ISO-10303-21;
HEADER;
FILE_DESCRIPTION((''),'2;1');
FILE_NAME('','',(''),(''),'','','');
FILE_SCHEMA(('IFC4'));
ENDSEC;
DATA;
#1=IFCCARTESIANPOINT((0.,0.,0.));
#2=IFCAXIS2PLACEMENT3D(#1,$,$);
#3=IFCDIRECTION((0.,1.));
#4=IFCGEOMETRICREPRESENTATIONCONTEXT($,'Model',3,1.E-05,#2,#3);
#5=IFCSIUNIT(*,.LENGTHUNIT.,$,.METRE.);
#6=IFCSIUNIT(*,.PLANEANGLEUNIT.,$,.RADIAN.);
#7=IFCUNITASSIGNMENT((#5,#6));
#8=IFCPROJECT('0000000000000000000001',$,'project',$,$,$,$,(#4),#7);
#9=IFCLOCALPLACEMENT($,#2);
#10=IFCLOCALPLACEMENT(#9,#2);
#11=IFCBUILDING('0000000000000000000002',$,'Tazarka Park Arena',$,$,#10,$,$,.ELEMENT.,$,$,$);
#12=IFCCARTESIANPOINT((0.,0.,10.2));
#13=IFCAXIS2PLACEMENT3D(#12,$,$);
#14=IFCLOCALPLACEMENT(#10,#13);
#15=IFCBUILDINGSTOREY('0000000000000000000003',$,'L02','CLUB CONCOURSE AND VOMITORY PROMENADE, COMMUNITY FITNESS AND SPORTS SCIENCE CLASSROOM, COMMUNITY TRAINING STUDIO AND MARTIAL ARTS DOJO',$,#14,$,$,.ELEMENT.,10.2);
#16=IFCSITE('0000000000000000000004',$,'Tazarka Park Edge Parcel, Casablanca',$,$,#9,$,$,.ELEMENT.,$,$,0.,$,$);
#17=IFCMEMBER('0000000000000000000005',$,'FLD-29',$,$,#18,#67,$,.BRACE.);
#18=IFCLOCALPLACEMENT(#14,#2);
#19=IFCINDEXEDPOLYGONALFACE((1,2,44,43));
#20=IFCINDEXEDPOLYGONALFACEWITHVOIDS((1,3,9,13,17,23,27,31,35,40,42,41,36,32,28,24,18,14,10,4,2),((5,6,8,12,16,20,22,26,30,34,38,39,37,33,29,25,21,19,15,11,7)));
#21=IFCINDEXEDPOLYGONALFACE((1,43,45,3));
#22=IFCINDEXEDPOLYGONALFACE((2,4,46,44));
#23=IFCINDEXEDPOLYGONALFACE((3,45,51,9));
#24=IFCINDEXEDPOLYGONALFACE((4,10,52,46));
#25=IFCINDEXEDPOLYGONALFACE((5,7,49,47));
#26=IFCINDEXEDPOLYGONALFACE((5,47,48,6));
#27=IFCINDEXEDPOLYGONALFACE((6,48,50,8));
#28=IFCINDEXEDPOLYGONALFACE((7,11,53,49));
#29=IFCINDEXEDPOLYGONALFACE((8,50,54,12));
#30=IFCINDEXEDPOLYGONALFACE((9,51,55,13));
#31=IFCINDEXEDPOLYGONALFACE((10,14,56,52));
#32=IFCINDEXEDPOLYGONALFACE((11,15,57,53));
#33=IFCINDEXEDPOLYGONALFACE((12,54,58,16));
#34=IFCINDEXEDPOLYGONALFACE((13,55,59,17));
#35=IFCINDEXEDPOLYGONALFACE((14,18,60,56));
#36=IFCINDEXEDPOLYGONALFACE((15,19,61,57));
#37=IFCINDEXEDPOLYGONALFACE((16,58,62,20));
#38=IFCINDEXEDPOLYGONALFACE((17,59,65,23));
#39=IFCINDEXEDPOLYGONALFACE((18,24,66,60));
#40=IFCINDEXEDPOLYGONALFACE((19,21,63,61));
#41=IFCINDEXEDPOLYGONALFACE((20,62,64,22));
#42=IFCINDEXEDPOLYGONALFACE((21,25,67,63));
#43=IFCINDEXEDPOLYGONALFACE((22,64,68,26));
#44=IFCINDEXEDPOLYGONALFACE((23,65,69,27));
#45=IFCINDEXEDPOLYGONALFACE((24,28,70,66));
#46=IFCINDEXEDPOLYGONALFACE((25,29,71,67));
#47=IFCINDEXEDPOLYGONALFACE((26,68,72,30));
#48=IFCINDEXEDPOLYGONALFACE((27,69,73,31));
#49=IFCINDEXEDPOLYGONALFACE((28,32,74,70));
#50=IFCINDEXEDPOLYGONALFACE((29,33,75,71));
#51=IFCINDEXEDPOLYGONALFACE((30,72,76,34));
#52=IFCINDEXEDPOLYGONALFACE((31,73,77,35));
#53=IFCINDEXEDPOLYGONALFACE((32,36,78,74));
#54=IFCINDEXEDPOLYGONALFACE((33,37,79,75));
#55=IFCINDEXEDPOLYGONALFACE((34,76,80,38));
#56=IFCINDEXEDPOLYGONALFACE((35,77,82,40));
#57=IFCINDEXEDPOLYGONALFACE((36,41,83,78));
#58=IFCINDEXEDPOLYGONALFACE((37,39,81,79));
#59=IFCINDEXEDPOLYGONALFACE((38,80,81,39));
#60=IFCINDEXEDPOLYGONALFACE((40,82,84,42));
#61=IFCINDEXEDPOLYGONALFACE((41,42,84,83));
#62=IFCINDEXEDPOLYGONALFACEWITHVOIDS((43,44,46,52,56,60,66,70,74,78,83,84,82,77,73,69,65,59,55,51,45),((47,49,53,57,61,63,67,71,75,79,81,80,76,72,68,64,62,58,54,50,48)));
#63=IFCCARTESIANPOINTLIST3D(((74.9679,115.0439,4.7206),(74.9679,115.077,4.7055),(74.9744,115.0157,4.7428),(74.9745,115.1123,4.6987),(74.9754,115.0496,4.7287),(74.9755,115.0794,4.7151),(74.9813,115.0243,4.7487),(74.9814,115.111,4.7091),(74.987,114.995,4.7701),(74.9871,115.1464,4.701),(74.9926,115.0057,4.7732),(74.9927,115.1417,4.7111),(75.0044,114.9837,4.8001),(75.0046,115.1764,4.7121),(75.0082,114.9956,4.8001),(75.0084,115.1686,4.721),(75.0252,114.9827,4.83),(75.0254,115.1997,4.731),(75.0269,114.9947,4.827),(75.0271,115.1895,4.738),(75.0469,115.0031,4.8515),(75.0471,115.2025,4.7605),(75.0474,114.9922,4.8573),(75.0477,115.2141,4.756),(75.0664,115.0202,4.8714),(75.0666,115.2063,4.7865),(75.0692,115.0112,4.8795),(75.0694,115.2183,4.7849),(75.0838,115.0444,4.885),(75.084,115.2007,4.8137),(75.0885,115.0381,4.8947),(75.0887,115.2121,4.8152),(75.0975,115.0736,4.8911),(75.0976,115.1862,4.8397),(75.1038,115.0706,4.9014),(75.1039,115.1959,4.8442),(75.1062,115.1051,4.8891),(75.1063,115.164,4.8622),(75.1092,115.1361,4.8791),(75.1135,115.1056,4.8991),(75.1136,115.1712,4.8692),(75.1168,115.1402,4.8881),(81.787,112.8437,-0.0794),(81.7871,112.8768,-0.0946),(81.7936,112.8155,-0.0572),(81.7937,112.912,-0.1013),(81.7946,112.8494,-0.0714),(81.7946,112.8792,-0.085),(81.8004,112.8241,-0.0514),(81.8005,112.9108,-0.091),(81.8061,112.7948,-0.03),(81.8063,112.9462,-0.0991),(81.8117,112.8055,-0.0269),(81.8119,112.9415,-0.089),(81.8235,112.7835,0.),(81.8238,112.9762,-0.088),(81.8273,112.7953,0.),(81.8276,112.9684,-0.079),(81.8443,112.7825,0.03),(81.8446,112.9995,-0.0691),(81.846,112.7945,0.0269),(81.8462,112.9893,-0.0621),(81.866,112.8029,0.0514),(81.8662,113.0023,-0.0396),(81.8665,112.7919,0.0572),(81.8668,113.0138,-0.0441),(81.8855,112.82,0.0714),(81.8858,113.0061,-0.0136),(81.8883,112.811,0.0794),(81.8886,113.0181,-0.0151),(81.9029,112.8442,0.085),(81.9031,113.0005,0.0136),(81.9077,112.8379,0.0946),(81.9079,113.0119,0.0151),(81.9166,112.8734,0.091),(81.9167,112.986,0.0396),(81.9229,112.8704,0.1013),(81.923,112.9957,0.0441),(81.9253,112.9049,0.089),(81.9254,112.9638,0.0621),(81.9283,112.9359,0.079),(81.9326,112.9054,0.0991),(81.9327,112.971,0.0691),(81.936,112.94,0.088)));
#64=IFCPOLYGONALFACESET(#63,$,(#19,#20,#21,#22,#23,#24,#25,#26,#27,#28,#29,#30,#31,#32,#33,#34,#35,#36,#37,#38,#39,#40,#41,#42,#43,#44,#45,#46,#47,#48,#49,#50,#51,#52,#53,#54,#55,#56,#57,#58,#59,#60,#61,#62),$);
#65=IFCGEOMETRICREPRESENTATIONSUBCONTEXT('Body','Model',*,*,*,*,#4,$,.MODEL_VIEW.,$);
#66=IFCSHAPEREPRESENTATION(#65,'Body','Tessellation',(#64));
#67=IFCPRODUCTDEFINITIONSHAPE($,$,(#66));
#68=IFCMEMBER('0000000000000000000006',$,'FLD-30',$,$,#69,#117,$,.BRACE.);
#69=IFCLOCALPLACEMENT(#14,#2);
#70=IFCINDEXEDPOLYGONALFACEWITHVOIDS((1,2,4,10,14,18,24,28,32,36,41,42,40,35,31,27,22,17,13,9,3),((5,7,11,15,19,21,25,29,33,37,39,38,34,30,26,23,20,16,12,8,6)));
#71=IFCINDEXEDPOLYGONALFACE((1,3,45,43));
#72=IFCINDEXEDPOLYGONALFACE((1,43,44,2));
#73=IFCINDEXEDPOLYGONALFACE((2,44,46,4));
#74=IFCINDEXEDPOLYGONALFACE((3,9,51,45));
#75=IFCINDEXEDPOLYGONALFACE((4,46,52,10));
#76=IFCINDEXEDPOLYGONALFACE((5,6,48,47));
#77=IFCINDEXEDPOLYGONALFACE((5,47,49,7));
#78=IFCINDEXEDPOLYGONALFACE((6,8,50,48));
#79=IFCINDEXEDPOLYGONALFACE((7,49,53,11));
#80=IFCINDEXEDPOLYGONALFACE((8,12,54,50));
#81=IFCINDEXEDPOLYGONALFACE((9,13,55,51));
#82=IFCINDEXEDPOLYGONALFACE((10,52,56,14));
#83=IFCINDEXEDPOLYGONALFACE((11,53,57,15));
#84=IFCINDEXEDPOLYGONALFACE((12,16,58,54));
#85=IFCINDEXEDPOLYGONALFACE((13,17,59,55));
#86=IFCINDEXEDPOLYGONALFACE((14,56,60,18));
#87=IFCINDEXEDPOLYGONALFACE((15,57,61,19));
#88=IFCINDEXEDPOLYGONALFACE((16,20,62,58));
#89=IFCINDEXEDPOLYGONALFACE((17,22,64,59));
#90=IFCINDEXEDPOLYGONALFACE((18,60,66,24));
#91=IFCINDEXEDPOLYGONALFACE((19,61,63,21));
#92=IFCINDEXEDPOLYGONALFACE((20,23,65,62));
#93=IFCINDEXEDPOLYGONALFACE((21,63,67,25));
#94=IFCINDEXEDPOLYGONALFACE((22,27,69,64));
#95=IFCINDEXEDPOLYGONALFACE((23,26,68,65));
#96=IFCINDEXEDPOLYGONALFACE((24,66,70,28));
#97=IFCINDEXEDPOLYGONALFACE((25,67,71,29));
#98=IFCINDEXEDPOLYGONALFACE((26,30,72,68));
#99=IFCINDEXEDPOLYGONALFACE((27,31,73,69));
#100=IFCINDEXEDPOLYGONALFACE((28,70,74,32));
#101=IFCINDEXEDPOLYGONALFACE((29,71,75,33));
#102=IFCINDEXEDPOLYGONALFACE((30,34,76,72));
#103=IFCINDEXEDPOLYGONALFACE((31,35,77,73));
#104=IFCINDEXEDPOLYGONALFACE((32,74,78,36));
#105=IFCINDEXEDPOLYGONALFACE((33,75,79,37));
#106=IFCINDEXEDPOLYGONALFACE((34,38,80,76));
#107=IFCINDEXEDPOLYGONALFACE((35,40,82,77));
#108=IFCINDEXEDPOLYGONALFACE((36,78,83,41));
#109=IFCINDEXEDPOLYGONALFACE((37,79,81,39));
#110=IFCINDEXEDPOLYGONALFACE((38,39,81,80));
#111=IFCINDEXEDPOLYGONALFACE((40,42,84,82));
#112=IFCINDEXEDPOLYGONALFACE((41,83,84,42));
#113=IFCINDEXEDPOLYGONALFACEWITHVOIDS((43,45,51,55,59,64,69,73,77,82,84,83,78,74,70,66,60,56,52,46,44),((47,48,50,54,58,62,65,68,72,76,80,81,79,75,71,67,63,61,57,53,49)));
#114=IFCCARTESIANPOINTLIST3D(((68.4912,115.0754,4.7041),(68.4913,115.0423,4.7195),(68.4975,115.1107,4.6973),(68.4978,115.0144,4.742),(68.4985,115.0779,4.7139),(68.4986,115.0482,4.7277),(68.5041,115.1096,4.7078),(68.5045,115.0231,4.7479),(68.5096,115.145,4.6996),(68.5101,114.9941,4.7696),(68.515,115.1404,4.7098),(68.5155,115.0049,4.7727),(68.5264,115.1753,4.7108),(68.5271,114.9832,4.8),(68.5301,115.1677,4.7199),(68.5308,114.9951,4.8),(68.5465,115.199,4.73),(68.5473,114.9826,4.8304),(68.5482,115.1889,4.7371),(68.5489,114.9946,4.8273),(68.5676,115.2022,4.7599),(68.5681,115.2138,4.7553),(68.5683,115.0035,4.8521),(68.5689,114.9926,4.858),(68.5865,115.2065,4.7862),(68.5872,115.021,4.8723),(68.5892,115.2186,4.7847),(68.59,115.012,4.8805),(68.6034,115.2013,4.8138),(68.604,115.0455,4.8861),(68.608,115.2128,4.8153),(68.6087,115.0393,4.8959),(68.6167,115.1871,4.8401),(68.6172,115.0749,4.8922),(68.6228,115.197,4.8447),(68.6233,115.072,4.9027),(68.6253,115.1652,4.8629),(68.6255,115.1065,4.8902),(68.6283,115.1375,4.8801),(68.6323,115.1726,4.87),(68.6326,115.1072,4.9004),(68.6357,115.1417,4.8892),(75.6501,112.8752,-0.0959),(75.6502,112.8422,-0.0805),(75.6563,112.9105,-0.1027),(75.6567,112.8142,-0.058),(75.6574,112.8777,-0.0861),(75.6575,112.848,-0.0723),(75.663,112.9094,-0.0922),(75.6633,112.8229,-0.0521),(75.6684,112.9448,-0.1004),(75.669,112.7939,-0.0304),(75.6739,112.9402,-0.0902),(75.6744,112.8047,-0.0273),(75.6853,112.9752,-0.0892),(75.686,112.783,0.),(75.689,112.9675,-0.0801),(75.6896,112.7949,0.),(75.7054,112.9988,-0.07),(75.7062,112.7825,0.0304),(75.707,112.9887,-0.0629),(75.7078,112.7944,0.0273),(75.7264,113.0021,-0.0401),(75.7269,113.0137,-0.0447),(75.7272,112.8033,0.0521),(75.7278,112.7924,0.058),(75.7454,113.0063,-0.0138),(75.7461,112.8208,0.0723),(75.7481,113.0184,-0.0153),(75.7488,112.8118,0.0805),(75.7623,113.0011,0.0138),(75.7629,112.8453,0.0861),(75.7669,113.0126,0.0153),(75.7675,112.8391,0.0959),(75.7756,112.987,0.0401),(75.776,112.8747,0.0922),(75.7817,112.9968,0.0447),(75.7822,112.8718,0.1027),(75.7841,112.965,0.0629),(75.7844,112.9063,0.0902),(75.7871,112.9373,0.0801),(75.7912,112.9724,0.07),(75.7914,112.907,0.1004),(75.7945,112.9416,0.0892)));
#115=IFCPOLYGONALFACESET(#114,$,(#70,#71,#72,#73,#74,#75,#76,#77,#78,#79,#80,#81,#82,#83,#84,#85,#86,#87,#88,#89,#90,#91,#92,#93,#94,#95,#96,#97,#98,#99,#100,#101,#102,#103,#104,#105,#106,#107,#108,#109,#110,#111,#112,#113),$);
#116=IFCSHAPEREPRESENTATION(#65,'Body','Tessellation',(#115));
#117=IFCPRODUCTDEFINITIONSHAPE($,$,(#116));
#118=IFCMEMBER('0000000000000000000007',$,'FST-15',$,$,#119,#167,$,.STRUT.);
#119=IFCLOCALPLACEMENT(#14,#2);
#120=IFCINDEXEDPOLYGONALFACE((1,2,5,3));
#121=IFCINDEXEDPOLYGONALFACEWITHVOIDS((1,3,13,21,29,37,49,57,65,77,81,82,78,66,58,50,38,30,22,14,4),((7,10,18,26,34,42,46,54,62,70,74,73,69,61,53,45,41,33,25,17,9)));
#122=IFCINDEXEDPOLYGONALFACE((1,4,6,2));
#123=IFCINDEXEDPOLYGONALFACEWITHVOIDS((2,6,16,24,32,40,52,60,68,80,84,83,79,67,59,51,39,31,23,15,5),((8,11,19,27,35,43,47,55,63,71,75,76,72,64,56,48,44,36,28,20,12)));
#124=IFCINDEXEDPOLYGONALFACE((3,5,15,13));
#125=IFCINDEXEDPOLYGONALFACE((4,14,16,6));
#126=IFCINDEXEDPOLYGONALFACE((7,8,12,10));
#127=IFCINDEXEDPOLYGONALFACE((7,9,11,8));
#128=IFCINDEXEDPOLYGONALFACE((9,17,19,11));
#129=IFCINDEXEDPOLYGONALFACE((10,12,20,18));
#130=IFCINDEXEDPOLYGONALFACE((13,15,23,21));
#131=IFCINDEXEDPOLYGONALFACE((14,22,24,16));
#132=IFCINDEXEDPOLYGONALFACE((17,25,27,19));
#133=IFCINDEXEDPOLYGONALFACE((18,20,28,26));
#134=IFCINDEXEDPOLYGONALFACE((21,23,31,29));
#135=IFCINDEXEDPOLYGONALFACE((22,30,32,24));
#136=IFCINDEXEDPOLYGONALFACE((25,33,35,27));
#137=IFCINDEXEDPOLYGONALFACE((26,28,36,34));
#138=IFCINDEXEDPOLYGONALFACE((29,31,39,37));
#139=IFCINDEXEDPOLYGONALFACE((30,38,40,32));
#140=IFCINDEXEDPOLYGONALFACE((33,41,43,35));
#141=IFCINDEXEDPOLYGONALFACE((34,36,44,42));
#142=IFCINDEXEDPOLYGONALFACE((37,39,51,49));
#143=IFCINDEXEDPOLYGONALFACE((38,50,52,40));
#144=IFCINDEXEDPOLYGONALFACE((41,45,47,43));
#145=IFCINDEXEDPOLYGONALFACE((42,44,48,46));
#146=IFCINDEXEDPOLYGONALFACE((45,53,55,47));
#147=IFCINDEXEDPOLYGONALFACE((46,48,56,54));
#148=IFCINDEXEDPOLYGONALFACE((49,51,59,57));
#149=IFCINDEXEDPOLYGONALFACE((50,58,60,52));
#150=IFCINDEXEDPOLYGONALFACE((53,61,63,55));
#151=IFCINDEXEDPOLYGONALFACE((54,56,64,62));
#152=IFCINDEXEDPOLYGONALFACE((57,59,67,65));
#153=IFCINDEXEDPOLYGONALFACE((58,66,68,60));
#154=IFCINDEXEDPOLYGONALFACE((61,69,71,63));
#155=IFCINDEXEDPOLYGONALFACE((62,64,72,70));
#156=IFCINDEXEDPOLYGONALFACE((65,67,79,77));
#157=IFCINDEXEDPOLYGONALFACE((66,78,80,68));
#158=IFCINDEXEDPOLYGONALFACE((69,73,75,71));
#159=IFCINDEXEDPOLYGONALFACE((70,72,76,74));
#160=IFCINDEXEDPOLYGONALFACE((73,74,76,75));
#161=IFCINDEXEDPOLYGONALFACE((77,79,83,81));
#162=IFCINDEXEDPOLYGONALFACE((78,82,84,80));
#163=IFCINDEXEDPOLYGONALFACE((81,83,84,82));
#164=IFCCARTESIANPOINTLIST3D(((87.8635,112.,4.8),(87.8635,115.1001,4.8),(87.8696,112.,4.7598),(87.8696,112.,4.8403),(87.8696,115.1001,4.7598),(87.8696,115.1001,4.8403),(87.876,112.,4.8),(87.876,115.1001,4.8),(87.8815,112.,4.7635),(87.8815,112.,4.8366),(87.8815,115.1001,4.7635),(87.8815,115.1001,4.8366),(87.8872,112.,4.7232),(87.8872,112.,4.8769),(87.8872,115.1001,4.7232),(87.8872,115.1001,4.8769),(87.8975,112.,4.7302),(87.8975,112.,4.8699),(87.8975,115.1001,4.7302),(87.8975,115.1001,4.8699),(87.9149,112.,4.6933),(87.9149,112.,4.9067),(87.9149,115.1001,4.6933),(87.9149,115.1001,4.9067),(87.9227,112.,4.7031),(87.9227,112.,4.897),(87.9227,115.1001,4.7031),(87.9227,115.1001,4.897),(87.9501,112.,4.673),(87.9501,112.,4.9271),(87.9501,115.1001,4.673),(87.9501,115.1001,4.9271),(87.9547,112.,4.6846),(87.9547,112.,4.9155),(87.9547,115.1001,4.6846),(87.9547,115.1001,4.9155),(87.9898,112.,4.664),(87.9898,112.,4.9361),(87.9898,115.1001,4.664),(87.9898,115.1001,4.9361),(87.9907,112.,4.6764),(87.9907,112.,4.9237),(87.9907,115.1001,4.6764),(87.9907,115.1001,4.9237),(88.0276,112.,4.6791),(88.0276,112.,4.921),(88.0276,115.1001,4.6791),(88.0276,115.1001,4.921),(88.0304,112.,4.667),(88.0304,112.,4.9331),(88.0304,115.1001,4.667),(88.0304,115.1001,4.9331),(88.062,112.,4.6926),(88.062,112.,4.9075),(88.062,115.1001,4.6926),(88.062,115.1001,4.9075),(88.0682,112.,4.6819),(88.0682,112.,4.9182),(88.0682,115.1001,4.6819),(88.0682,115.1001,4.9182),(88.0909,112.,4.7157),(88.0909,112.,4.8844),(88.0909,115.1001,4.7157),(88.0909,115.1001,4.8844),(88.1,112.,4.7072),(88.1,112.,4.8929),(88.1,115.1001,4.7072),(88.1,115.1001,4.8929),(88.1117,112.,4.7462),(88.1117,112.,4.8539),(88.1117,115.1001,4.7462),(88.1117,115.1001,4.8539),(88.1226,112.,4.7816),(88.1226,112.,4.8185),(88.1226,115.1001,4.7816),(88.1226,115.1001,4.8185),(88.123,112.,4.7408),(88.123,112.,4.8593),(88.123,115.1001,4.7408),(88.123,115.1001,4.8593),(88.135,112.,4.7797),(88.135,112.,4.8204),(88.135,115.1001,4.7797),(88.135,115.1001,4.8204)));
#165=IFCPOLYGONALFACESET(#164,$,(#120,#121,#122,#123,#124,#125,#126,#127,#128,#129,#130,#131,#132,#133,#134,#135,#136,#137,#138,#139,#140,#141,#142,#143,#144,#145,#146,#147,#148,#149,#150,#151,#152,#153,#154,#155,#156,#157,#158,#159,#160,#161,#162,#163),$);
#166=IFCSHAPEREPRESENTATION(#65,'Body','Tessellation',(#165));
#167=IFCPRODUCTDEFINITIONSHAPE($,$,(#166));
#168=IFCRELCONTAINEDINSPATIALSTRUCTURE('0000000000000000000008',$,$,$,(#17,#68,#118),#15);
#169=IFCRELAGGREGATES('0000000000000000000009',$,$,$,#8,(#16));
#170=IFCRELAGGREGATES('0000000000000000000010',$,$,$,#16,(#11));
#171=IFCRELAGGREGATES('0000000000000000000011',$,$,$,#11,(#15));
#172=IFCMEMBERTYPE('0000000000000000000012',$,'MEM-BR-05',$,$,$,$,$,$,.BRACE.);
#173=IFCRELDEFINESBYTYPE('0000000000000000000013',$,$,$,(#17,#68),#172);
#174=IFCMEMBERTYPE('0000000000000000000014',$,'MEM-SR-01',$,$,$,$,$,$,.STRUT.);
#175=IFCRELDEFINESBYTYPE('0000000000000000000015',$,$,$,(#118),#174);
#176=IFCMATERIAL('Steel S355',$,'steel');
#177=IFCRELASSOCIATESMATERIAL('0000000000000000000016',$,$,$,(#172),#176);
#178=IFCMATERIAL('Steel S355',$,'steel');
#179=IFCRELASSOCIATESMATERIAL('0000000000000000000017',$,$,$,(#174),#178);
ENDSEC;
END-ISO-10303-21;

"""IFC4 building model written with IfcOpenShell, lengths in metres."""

from ifc_helpers import new_model, si_unit, direction, frame, origin, origin_2d, place, context, subcontext, project, spatial, hollow_circle, extrude, material, material_profile, profile_set, type_object, element, save


model = new_model("IFC4")

# Units and contexts
model_context = context("Model", 3, precision=1e-05, world=origin(), true_north=direction((0.0, 1.0)))
body_context = subcontext(model_context, "Body", "Model", "MODEL_VIEW")
ifc_project = project(units=[si_unit("LENGTHUNIT", "METRE"), si_unit("PLANEANGLEUNIT", "RADIAN")], contexts=[model_context])

# Site, building, storey
site_placement = place(None, origin())
site = spatial("IfcSite", under=ifc_project, at=site_placement, Name="Tazarka Park Edge Parcel, Casablanca", CompositionType="ELEMENT", RefElevation=0.0)
building_placement = place(site_placement, origin())
building = spatial("IfcBuilding", under=site, at=building_placement, Name="Tazarka Park Arena", CompositionType="ELEMENT")
storey_placement = place(building_placement, frame((0.0, 0.0, 10.2)))
storey = spatial("IfcBuildingStorey", under=building, at=storey_placement, Name="L02", Description="CLUB CONCOURSE AND VOMITORY PROMENADE, COMMUNITY FITNESS AND SPORTS SCIENCE CLASSROOM, COMMUNITY TRAINING STUDIO AND MARTIAL ARTS DOJO", CompositionType="ELEMENT", Elevation=10.2)

# Members
ifc_material_1 = material(Name="Steel S355", Category="steel")
ifc_material_profile_1 = material_profile(ifc_material_1, hollow_circle(Radius=0.1223, WallThickness=0.0125, at=origin_2d()), Name="Steel S355")
ifc_profile_set_1 = profile_set([ifc_material_profile_1], Name="Steel S355")
member_type_1 = type_object("IfcMemberType", Name="MEM-BR-05", PredefinedType="BRACE", material=ifc_profile_set_1)
member_1_placement = place(storey_placement, frame((81.8611, 112.8999, 0.0), z_axis=(-0.790669, 0.255111, 0.556562), x_axis=(-0.307065, -0.951689, 0.0)))
element("IfcMember", 1, at=member_1_placement, inside=storey, type_object=member_type_1, Name="FLD-29", PredefinedType="BRACE", context=body_context, shape_type="SweptSolid", body=[
    extrude(hollow_circle(Radius=0.1223, WallThickness=0.0125, at=origin_2d()), origin(), (0.0, 0.0, 1.0), 8.6245),
])
member_2_placement = place(storey_placement, frame((75.7219, 112.8999, 0.0), z_axis=(-0.804773, 0.247335, 0.539598), x_axis=(-0.293774, -0.955875, 0.0)))
element("IfcMember", 2, at=member_2_placement, inside=storey, type_object=member_type_1, Name="FLD-30", PredefinedType="BRACE", context=body_context, shape_type="SweptSolid", body=[
    extrude(hollow_circle(Radius=0.1223, WallThickness=0.0125, at=origin_2d()), origin(), (0.0, 0.0, 1.0), 8.8955),
])
ifc_material_2 = material(Name="Steel S355", Category="steel")
ifc_material_profile_2 = material_profile(ifc_material_2, hollow_circle(Radius=0.1365, WallThickness=0.0125, at=origin_2d()), Name="Steel S355")
ifc_profile_set_2 = profile_set([ifc_material_profile_2], Name="Steel S355")
member_type_2 = type_object("IfcMemberType", Name="MEM-SR-01", PredefinedType="STRUT", material=ifc_profile_set_2)
member_3_placement = place(storey_placement, frame((88.0, 112.0, 4.8), z_axis=(0.0, 1.0, 0.0), x_axis=(-1.0, 0.0, 0.0)))
element("IfcMember", 3, at=member_3_placement, inside=storey, type_object=member_type_2, Name="FST-15", PredefinedType="STRUT", context=body_context, shape_type="SweptSolid", body=[
    extrude(hollow_circle(Radius=0.1365, WallThickness=0.0125, at=origin_2d()), origin(), (0.0, 0.0, 1.0), 3.1001),
])

save(model, "model.ifc")
